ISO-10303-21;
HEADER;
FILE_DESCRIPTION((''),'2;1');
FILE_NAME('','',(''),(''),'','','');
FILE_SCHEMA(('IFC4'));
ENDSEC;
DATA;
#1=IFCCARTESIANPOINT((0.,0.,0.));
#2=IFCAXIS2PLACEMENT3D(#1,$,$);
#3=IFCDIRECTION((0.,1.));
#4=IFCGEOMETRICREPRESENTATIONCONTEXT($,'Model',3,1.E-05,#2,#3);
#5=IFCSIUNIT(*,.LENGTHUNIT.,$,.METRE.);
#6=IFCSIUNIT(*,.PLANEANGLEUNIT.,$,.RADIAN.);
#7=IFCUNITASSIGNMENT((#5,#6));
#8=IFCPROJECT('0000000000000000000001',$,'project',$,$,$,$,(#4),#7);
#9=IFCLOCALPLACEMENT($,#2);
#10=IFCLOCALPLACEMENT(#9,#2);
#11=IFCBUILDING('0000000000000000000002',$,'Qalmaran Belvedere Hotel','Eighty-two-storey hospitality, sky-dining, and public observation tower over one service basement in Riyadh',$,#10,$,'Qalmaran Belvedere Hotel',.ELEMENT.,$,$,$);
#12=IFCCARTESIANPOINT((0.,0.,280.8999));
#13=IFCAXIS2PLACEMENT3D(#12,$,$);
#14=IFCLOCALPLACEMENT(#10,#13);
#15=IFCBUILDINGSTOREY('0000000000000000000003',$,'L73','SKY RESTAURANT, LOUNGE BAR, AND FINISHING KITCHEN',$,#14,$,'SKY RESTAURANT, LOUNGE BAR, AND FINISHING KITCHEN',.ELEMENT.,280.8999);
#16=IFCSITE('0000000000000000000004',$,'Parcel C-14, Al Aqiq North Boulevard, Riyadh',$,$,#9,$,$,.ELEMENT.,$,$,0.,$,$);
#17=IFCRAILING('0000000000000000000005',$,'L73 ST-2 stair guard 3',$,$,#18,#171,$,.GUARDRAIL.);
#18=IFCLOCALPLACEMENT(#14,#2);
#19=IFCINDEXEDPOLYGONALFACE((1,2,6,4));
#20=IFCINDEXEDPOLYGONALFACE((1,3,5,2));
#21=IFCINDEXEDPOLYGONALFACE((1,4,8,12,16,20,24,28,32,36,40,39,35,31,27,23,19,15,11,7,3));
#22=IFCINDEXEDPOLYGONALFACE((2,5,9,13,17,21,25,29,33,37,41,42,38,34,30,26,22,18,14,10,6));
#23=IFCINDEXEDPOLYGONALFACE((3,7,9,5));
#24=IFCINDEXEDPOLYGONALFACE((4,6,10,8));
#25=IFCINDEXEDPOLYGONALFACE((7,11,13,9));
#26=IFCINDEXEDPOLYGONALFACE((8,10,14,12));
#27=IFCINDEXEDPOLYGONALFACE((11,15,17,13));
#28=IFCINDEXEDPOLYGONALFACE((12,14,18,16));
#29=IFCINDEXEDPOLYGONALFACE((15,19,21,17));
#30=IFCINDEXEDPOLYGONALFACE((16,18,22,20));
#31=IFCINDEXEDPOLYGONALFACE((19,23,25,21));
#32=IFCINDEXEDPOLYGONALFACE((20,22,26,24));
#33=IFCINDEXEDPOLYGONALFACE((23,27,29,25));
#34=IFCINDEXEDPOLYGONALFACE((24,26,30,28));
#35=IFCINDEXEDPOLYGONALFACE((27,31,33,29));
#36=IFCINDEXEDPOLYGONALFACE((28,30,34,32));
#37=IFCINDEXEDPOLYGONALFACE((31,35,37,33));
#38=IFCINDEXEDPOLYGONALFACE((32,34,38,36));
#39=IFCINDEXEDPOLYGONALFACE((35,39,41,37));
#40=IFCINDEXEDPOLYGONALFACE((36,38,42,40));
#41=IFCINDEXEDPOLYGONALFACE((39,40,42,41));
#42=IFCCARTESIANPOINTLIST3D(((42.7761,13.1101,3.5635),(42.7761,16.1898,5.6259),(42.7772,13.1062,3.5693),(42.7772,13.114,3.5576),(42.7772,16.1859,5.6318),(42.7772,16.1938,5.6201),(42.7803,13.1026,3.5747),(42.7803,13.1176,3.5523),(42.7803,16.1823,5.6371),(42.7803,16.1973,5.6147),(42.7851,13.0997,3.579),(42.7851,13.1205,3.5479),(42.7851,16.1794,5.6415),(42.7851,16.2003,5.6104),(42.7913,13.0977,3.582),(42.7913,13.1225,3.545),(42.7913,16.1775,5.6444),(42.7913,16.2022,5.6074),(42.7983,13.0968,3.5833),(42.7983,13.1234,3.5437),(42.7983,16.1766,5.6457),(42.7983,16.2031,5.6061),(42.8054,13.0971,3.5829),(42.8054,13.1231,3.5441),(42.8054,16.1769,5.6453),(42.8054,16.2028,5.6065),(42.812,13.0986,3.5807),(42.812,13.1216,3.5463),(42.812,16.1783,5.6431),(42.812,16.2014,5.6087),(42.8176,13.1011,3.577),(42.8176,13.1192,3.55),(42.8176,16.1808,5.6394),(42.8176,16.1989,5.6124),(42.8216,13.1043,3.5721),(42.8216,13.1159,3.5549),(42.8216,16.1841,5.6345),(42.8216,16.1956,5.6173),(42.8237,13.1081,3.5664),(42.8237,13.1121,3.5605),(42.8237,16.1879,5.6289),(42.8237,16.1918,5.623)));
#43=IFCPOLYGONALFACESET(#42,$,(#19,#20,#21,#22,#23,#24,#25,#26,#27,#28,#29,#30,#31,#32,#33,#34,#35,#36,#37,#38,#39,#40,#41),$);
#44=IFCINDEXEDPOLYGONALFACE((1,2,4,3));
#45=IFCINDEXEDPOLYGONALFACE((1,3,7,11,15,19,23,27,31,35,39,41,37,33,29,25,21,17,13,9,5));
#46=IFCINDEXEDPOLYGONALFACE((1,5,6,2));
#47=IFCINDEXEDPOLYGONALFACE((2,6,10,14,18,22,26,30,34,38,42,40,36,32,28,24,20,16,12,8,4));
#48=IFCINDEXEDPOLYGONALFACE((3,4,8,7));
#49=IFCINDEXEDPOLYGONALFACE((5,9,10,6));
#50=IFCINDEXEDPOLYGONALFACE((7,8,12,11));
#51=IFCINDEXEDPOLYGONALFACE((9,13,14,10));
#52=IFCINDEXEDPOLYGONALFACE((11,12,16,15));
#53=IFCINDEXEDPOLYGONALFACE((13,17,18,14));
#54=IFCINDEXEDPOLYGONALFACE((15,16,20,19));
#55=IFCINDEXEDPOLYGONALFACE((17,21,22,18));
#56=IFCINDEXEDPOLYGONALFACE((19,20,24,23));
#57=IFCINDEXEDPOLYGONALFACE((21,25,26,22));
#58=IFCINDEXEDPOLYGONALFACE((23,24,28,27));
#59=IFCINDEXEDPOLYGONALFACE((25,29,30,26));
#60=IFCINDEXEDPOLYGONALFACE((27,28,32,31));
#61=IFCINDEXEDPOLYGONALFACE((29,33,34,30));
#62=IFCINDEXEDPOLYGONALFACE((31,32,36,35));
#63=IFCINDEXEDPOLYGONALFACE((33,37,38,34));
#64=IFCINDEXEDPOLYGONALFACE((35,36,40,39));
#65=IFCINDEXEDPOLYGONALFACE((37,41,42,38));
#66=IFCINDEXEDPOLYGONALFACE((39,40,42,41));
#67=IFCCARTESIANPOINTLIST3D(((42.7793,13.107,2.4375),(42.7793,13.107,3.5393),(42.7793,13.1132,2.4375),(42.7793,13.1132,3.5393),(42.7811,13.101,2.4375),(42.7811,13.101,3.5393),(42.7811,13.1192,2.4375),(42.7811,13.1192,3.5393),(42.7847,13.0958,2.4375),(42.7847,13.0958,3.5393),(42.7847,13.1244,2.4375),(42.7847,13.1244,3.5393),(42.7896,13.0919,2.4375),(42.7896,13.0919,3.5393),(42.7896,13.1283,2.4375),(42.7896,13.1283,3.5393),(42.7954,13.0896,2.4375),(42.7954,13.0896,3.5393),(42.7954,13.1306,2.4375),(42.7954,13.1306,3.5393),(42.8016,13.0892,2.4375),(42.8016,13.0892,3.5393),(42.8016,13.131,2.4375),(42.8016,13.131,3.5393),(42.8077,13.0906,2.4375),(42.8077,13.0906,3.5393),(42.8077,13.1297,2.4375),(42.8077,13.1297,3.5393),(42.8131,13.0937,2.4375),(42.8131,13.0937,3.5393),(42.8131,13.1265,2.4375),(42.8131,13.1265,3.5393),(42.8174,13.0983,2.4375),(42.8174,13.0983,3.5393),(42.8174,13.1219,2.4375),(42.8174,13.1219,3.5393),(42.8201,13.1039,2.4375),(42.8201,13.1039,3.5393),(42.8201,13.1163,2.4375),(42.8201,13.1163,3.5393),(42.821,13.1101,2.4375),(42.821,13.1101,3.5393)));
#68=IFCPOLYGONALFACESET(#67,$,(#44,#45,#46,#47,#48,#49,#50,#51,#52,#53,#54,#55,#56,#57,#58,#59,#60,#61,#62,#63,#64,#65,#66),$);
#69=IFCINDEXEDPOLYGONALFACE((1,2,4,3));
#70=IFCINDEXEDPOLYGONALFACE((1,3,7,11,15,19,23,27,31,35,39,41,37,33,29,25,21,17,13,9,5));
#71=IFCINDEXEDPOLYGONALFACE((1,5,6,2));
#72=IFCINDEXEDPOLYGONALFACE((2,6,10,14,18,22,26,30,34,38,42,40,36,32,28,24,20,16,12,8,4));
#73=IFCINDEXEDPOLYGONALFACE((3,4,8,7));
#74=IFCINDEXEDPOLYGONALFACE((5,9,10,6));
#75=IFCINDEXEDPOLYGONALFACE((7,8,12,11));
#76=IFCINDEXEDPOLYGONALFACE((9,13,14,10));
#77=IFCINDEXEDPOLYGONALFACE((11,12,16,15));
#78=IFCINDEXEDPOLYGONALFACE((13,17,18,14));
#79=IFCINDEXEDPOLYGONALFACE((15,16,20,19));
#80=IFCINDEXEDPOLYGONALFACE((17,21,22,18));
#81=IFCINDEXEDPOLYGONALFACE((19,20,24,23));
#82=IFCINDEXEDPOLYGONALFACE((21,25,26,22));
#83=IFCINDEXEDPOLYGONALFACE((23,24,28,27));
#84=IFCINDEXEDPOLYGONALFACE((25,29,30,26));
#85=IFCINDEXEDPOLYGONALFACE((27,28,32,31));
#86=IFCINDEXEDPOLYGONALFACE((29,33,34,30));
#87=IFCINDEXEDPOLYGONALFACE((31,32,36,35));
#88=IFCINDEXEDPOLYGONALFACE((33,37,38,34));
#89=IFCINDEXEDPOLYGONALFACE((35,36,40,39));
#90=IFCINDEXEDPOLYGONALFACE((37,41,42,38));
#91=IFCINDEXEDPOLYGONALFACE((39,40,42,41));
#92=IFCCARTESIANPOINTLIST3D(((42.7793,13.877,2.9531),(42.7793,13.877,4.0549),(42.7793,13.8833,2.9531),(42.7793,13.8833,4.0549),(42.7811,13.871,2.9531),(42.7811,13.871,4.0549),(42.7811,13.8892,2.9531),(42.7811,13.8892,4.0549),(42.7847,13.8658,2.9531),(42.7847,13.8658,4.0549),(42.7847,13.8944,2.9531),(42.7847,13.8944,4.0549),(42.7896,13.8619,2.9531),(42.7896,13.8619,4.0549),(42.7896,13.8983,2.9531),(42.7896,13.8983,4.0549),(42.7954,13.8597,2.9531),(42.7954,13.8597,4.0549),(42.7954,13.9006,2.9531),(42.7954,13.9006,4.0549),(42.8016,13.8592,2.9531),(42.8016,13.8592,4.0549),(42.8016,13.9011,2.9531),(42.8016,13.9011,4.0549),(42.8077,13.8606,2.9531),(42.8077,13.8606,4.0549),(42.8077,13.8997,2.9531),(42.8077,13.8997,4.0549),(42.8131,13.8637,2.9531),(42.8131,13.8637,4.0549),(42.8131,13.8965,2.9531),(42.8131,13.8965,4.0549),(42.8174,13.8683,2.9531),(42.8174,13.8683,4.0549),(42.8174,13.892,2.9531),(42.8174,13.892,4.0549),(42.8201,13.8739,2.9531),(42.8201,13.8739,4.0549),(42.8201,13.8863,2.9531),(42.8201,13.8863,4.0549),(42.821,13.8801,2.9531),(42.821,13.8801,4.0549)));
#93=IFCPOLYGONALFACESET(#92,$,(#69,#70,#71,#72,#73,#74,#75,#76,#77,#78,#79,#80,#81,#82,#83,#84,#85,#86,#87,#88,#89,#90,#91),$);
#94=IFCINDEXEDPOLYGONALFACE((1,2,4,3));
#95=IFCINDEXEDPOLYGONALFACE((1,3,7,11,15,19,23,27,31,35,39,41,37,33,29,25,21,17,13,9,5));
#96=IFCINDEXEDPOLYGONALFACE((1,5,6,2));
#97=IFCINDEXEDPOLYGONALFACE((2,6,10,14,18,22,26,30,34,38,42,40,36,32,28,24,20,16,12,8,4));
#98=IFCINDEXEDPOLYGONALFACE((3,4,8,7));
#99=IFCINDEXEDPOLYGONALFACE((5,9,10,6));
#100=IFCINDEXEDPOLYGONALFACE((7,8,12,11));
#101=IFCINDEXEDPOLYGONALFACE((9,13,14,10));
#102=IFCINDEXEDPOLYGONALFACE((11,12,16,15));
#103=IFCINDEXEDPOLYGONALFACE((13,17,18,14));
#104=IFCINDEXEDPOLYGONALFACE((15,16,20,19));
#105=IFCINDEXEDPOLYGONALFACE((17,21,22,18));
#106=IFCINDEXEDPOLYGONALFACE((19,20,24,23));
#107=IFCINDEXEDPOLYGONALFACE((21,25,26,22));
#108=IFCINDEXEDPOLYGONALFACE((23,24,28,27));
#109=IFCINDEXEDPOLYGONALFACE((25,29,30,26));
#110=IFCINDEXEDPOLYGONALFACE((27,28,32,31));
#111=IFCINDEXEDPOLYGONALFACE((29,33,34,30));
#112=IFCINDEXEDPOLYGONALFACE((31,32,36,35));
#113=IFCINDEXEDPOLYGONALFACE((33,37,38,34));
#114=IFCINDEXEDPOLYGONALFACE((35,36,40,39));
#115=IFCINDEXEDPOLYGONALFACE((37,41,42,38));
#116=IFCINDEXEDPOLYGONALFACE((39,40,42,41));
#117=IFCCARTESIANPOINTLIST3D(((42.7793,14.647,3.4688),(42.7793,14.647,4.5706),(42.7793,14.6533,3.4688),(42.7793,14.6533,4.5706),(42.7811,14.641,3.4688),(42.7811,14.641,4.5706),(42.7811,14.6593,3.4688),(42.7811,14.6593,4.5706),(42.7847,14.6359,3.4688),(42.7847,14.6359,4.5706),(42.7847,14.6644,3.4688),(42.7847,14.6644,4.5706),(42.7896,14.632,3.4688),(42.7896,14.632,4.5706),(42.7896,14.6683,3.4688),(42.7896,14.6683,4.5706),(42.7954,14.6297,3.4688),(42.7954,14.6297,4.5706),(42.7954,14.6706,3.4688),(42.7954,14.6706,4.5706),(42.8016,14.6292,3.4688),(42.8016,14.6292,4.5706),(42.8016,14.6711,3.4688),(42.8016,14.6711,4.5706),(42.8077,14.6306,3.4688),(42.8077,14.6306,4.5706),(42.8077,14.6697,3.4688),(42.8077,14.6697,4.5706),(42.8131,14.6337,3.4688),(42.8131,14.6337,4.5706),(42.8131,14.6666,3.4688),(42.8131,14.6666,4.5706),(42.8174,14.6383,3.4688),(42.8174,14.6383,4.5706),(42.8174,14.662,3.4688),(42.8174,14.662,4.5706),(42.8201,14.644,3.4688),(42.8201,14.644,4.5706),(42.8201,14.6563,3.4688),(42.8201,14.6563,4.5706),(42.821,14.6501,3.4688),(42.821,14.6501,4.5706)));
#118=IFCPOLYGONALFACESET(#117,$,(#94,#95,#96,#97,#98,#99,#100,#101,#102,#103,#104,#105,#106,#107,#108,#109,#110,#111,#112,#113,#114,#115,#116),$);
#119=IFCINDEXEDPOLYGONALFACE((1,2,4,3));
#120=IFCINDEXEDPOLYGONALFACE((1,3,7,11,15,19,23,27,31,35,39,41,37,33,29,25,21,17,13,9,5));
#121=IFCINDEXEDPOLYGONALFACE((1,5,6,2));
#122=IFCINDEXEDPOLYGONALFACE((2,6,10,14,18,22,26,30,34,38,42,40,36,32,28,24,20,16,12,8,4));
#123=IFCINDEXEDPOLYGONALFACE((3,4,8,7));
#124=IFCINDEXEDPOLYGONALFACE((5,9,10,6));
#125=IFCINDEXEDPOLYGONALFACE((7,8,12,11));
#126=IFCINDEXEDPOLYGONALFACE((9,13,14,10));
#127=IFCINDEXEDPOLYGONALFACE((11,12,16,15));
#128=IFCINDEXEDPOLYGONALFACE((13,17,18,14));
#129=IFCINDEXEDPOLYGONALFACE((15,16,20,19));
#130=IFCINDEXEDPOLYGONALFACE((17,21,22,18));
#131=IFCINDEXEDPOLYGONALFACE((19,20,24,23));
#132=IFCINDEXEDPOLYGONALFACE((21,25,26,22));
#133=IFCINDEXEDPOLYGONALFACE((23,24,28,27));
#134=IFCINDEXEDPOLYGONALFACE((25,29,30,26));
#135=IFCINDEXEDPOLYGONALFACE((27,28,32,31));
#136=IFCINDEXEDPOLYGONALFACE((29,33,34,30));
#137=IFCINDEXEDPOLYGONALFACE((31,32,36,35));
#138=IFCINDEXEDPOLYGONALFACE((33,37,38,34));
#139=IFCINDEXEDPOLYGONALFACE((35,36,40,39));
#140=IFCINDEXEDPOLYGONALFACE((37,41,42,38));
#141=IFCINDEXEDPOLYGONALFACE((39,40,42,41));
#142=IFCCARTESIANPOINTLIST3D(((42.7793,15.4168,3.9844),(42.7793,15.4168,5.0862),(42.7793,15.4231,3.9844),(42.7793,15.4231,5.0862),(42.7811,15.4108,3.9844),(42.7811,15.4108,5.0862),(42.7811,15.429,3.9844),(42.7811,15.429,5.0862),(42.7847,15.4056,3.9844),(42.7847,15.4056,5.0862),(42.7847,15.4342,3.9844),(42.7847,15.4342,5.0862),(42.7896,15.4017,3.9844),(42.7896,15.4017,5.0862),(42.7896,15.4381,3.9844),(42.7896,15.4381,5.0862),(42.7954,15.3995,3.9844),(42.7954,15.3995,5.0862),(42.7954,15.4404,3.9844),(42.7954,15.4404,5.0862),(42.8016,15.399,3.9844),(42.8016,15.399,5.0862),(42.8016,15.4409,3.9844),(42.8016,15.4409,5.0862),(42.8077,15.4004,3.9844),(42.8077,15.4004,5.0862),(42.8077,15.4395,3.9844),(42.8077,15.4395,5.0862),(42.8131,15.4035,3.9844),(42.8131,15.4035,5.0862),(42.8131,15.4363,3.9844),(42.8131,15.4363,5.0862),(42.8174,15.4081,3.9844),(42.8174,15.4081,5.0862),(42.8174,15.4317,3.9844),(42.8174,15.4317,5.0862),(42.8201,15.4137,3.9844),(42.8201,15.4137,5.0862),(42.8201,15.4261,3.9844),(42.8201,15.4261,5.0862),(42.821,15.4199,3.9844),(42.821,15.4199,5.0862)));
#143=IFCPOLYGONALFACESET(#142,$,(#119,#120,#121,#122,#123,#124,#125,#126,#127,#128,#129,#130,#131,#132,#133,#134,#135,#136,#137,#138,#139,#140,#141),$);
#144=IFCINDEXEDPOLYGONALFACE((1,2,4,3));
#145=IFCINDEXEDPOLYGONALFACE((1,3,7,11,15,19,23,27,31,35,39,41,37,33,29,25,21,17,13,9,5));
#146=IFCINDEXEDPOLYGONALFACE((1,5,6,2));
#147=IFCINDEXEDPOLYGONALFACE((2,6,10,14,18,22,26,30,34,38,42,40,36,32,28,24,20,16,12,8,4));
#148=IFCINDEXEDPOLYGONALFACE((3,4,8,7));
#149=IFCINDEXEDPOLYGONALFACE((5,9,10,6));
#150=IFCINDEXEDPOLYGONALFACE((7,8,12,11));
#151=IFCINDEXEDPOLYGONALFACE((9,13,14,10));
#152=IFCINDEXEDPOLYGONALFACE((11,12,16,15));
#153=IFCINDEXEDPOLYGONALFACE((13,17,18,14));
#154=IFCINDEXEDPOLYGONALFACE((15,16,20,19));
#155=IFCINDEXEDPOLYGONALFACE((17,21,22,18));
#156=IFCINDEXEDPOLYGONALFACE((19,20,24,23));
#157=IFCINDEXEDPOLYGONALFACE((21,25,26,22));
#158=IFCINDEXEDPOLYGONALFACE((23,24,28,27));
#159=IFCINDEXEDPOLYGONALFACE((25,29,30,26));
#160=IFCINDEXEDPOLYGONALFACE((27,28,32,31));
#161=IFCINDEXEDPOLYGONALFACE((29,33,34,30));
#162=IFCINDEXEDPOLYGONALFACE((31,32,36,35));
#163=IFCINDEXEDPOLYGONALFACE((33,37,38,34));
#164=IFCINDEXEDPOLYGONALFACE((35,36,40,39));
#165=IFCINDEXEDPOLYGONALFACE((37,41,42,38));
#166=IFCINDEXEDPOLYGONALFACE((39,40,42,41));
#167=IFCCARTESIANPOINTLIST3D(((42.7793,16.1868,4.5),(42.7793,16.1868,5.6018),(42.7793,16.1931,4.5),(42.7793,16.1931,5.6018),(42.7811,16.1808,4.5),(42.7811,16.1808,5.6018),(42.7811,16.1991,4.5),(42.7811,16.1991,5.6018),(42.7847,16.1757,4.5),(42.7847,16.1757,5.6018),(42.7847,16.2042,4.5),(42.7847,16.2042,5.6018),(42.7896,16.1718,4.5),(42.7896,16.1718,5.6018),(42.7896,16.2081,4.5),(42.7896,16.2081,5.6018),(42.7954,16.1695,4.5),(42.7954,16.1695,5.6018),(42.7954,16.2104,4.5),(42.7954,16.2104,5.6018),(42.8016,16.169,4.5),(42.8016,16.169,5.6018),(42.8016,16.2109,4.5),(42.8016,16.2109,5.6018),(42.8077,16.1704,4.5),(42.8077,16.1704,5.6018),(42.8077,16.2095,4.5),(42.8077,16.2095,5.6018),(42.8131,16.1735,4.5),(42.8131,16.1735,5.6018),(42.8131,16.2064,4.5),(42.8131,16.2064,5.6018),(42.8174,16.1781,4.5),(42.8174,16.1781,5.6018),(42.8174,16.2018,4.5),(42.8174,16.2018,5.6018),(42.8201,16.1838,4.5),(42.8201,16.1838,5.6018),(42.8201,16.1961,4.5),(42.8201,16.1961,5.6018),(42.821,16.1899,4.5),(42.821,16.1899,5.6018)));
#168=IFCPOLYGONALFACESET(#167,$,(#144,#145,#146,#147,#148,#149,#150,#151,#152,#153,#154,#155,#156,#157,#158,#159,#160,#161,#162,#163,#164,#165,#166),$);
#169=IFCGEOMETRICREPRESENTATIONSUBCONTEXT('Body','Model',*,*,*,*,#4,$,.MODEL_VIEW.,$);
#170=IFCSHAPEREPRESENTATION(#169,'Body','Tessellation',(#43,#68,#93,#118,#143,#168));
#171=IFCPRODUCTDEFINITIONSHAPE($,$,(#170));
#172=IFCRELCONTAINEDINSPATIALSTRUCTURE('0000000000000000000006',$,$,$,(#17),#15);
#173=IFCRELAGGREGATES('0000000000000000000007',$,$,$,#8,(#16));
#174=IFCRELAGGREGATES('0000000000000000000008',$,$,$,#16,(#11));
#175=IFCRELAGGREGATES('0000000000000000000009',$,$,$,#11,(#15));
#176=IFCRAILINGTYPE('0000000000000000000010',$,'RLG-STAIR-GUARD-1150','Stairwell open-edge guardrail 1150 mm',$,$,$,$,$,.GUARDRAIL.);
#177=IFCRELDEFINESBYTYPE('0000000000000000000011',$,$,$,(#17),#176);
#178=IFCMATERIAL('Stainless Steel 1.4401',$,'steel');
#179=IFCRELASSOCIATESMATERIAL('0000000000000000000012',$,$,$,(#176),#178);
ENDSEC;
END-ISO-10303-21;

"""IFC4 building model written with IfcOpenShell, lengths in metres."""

from ifc_helpers import new_model, si_unit, direction, frame, origin, origin_2d, place, context, subcontext, project, spatial, circle, extrude, material, type_object, element, save


model = new_model("IFC4")

# Units and contexts
model_context = context("Model", 3, precision=1e-05, world=origin(), true_north=direction((0.0, 1.0)))
body_context = subcontext(model_context, "Body", "Model", "MODEL_VIEW")
ifc_project = project(units=[si_unit("LENGTHUNIT", "METRE"), si_unit("PLANEANGLEUNIT", "RADIAN")], contexts=[model_context])

# Site, building, storey
site_placement = place(None, origin())
site = spatial("IfcSite", under=ifc_project, at=site_placement, Name="Parcel C-14, Al Aqiq North Boulevard, Riyadh", CompositionType="ELEMENT", RefElevation=0.0)
building_placement = place(site_placement, origin())
building = spatial("IfcBuilding", under=site, at=building_placement, Name="Qalmaran Belvedere Hotel", Description="Eighty-two-storey hospitality, sky-dining, and public observation tower over one service basement in Riyadh", LongName="Qalmaran Belvedere Hotel", CompositionType="ELEMENT")
storey_placement = place(building_placement, frame((0.0, 0.0, 280.8999)))
storey = spatial("IfcBuildingStorey", under=building, at=storey_placement, Name="L73", Description="SKY RESTAURANT, LOUNGE BAR, AND FINISHING KITCHEN", LongName="SKY RESTAURANT, LOUNGE BAR, AND FINISHING KITCHEN", CompositionType="ELEMENT", Elevation=280.8999)

# Railing
ifc_material_1 = material(Name="Stainless Steel 1.4401", Category="steel")
railing_type_1 = type_object("IfcRailingType", Name="RLG-STAIR-GUARD-1150", Description="Stairwell open-edge guardrail 1150 mm", PredefinedType="GUARDRAIL", material=ifc_material_1)
railing_1_placement = place(storey_placement, frame((42.8, 13.1101, 2.4375)))
element("IfcRailing", 1, at=railing_1_placement, inside=storey, type_object=railing_type_1, Name="L73 ST-2 stair guard 3", PredefinedType="GUARDRAIL", context=body_context, shape_type="SweptSolid", body=[
    extrude(circle(Radius=0.0239, at=origin_2d()), frame((0.0, 0.0, 1.126), z_axis=(0.0, 0.830893, 0.556432), x_axis=(-1.0, 0.0, 0.0)), (0.0, 0.0, 1.0), 3.7065),
    extrude(circle(Radius=0.021, at=origin_2d()), origin(), (0.0, 0.0, 1.0), 1.1018),
    extrude(circle(Radius=0.021, at=origin_2d()), frame((0.0, 0.77, 0.5156)), (0.0, 0.0, 1.0), 1.1018),
    extrude(circle(Radius=0.021, at=origin_2d()), frame((0.0, 1.54, 1.0312)), (0.0, 0.0, 1.0), 1.1018),
    extrude(circle(Radius=0.021, at=origin_2d()), frame((0.0, 2.3098, 1.5469)), (0.0, 0.0, 1.0), 1.1018),
    extrude(circle(Radius=0.021, at=origin_2d()), frame((0.0, 3.0798, 2.0625)), (0.0, 0.0, 1.0), 1.1018),
])

save(model, "model.ifc")
